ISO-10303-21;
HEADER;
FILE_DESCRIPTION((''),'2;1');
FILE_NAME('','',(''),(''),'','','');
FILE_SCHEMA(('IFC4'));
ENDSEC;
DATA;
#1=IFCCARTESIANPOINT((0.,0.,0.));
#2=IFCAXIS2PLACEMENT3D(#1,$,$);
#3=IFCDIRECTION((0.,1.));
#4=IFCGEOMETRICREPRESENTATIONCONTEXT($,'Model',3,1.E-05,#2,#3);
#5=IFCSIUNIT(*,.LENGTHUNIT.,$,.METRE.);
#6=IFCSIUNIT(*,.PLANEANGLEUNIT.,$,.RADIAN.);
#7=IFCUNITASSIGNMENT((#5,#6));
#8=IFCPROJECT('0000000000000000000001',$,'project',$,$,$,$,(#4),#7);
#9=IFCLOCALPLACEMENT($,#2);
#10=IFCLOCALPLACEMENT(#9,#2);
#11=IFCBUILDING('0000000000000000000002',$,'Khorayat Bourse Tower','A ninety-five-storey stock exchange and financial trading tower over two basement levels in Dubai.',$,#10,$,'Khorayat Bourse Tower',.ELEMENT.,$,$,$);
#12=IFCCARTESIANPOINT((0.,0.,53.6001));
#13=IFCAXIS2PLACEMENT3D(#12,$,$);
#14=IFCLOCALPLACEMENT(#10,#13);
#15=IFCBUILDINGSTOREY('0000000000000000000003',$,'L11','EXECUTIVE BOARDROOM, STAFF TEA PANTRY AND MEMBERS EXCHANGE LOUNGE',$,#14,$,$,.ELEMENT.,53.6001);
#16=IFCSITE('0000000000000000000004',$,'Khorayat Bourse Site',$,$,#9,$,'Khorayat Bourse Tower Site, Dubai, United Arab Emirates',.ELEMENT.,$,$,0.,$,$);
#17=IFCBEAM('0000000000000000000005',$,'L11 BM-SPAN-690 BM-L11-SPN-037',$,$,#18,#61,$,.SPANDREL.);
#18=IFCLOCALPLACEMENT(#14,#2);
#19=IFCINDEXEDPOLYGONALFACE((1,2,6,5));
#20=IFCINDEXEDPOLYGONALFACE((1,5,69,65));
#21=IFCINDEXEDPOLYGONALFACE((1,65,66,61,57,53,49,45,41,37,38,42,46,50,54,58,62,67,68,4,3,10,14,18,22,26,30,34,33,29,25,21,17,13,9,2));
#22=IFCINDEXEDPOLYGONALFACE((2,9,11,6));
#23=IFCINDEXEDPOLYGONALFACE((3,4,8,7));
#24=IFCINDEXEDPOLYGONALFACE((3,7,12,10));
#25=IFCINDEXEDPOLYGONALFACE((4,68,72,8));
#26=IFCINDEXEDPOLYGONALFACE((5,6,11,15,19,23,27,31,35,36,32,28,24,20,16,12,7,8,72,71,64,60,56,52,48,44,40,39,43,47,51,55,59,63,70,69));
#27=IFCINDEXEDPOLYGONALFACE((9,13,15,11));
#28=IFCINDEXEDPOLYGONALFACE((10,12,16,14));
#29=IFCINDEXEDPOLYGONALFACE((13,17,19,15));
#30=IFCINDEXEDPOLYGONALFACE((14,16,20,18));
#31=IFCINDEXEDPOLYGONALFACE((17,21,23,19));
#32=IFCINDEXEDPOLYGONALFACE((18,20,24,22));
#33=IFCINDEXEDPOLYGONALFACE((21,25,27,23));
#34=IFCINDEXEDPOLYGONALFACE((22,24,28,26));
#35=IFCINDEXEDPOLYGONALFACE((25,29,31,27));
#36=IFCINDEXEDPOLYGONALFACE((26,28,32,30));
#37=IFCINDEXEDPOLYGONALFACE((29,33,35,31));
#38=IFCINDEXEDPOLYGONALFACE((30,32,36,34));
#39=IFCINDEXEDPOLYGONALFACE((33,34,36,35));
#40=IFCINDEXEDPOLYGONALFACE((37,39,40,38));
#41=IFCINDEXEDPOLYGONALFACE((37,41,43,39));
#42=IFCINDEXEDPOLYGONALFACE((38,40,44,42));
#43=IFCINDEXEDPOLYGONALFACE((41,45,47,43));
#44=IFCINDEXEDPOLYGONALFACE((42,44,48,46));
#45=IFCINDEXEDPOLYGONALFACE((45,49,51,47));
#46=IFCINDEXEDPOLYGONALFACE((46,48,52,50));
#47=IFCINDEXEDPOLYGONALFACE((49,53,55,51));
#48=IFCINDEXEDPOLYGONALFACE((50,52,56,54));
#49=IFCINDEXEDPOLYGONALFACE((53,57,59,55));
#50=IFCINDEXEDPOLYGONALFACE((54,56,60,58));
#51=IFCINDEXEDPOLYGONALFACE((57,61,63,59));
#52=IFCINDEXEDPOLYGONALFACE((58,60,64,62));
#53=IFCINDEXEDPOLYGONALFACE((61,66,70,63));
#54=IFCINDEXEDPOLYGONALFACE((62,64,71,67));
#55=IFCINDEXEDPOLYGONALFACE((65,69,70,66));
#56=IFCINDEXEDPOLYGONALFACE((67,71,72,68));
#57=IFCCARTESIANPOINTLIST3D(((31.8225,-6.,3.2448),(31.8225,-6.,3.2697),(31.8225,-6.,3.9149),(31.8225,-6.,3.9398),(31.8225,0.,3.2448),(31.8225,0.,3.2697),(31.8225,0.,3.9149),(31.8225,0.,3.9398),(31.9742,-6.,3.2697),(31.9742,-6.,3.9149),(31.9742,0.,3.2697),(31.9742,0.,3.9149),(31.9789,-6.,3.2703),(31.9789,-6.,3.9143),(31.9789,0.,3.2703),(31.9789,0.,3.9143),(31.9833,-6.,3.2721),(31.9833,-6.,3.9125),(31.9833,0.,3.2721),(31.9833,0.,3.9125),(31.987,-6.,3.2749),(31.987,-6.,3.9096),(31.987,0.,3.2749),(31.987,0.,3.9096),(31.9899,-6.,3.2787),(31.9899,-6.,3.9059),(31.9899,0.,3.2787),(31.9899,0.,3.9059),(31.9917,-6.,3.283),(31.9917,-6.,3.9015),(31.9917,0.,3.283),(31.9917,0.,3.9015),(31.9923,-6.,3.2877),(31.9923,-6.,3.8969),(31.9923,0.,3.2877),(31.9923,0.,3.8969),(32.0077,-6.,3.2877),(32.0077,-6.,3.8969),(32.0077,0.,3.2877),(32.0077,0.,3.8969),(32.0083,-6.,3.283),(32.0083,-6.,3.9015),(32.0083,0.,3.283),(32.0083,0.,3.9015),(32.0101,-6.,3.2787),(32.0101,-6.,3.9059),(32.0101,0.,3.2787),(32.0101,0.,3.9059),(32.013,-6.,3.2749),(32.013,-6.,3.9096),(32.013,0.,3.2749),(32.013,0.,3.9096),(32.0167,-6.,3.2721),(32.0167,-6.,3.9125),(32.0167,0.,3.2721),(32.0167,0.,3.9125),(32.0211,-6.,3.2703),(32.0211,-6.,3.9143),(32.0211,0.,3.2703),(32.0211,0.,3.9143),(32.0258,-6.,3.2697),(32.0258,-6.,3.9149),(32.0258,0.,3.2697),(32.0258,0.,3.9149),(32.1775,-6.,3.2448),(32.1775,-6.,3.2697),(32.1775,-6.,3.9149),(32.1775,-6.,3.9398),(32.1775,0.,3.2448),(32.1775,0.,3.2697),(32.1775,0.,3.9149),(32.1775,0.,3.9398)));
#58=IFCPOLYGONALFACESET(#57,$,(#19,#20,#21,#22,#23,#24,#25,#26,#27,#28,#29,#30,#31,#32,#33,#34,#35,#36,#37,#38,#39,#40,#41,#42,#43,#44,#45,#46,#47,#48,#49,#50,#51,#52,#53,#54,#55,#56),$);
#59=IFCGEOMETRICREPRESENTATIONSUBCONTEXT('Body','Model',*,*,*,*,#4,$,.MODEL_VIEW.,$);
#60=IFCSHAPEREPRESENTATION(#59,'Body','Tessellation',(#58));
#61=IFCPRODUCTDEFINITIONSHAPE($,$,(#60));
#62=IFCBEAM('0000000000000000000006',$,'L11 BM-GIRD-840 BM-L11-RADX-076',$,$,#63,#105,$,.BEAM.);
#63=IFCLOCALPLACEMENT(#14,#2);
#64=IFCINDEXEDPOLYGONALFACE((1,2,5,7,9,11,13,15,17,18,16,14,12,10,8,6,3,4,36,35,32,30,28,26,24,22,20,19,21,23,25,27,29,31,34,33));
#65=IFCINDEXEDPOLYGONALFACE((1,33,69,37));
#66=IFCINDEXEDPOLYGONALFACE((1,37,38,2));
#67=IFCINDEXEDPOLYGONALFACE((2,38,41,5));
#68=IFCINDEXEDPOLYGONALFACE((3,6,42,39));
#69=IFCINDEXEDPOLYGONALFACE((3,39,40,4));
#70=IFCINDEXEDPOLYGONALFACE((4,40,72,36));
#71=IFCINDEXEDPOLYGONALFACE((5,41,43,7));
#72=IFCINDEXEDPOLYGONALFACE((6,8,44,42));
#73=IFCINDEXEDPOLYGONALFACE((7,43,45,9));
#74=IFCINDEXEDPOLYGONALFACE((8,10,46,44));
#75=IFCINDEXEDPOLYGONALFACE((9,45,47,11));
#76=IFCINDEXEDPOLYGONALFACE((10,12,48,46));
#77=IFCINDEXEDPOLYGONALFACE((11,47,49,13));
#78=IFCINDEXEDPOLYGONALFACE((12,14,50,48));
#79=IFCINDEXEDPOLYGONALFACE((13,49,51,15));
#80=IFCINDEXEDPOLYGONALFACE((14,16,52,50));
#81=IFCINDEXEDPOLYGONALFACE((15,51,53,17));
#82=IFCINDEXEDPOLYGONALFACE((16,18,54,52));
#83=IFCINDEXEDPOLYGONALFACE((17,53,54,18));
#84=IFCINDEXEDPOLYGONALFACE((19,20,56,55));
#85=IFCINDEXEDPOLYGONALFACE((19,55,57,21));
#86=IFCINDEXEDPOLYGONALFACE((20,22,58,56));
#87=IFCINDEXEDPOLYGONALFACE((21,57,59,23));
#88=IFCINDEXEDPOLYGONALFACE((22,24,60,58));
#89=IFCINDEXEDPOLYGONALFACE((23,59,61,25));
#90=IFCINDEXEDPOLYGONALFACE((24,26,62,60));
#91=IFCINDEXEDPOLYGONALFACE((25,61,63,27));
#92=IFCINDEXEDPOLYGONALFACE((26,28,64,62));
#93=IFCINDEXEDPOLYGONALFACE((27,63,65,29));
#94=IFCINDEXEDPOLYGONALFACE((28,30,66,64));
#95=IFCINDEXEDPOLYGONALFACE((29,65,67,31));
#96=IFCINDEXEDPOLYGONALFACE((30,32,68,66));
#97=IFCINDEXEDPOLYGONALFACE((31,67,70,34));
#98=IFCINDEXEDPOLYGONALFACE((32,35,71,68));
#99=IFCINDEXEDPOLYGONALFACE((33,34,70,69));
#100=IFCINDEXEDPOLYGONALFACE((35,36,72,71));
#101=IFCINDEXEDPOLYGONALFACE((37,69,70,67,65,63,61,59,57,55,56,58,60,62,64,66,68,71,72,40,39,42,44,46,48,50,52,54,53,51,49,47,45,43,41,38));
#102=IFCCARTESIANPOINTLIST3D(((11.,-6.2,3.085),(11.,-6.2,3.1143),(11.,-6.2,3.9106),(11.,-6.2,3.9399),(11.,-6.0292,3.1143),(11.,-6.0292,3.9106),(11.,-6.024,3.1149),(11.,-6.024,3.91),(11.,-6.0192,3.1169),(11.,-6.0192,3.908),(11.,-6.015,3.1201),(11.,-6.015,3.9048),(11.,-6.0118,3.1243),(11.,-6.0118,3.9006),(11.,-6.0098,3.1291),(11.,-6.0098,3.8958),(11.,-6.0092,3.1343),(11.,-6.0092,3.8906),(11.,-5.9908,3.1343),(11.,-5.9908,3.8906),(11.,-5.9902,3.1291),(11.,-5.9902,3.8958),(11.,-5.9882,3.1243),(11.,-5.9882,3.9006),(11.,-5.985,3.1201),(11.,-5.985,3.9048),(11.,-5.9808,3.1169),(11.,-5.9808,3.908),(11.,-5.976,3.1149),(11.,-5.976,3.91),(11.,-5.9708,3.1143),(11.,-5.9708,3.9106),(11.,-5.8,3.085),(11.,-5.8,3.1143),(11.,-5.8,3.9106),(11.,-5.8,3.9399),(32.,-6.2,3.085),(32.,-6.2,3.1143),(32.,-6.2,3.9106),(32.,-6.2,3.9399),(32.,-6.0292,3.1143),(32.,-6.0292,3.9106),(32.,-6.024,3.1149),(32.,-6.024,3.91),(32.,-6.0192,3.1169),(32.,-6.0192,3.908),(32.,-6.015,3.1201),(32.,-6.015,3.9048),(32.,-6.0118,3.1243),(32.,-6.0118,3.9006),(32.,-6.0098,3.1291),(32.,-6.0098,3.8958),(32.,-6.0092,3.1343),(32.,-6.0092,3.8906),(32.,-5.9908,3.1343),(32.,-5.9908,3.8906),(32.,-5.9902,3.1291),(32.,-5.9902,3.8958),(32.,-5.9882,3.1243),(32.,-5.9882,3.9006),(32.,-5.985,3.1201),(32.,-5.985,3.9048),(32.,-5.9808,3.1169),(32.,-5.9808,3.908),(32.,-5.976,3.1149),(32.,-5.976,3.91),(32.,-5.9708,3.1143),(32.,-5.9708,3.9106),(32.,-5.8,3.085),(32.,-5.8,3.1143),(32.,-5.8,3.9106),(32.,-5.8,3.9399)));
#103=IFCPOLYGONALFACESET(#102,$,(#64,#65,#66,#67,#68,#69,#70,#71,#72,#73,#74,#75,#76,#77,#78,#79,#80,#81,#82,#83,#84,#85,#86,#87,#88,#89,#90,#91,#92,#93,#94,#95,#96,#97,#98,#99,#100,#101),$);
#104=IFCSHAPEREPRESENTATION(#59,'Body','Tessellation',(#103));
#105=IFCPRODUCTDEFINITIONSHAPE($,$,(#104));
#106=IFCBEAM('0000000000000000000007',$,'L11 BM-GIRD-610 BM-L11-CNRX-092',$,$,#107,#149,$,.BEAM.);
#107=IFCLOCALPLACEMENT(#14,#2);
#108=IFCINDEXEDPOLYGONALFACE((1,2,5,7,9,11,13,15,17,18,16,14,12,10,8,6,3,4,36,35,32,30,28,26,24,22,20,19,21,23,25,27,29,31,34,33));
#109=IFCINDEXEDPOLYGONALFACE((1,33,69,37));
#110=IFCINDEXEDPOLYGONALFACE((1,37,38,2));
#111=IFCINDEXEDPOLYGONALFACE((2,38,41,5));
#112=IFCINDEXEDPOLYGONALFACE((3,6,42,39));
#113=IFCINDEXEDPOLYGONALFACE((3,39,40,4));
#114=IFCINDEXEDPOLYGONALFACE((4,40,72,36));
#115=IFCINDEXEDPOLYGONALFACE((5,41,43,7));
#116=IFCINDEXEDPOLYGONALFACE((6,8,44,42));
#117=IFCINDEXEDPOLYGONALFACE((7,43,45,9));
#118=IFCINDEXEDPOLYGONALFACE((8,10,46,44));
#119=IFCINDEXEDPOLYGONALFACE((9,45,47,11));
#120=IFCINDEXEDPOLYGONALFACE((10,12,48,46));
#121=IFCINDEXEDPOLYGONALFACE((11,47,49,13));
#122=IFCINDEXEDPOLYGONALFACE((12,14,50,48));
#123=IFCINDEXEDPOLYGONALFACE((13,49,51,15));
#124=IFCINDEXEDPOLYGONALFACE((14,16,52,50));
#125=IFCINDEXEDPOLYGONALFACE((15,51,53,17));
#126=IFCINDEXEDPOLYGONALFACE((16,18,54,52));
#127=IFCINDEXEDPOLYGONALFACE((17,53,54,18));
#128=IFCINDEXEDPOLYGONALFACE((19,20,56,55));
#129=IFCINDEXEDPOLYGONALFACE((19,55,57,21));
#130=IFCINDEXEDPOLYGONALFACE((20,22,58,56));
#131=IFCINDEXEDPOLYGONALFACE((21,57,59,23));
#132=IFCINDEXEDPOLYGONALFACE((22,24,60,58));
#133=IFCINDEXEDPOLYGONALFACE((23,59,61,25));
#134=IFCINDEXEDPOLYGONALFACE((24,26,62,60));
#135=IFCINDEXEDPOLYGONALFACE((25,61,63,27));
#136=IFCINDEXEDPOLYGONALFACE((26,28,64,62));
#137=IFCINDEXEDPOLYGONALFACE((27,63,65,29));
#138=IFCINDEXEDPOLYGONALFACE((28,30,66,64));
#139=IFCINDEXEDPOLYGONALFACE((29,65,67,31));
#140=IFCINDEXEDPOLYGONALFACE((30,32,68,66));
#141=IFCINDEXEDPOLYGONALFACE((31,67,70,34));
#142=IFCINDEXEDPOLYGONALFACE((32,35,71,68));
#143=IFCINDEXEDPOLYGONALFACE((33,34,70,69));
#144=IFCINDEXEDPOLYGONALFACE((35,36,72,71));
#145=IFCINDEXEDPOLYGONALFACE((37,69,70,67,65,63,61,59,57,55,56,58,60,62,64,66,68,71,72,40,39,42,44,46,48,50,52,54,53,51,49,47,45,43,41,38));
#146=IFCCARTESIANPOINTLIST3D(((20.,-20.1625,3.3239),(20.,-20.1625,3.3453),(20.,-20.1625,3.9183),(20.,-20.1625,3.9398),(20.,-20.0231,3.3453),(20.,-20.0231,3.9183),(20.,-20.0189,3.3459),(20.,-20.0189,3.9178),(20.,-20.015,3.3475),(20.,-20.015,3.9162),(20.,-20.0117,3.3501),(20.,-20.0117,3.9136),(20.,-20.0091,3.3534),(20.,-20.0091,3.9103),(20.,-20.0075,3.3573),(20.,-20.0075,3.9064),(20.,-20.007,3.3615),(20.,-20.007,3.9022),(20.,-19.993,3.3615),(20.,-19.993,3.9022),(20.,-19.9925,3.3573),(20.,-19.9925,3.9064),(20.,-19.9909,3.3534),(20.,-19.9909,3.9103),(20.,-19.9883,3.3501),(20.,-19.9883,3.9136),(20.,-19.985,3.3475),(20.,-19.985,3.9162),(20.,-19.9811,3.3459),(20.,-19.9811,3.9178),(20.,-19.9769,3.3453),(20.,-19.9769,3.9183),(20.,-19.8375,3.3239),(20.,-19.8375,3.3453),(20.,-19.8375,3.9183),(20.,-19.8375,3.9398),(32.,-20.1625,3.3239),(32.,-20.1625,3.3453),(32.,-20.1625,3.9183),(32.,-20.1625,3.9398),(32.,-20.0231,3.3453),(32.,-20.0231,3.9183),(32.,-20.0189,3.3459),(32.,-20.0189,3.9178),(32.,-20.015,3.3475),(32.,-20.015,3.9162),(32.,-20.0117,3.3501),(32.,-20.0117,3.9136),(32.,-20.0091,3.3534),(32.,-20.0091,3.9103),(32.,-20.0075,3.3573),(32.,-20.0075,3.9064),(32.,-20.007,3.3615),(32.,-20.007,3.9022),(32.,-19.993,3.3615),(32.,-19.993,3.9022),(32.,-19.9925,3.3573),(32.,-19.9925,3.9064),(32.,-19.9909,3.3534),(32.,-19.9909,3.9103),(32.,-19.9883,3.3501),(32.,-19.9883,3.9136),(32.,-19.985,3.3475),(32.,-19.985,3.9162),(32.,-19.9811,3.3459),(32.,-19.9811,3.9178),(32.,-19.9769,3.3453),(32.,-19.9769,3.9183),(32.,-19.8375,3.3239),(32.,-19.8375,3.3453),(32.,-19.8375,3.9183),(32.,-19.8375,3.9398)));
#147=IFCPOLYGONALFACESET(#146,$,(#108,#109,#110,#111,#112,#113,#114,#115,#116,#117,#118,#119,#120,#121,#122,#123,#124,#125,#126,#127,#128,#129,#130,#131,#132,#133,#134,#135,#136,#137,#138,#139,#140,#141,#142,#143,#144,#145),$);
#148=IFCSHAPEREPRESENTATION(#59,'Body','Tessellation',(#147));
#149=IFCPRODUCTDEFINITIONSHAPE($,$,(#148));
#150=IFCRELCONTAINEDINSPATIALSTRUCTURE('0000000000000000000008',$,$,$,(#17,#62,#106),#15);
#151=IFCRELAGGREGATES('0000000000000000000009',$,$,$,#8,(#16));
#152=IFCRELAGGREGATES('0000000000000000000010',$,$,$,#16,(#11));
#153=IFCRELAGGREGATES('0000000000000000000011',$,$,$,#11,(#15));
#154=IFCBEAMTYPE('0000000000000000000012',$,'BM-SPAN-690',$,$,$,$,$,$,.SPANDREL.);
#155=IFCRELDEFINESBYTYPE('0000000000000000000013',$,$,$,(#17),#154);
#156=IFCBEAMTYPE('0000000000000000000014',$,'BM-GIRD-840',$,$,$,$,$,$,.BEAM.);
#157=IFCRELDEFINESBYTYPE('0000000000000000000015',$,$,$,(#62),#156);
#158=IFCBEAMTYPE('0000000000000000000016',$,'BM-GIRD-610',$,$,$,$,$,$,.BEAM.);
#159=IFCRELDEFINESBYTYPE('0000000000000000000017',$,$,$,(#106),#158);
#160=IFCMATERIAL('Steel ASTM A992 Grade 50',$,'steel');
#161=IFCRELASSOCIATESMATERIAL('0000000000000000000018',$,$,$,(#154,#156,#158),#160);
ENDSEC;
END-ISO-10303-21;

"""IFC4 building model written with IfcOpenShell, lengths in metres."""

from ifc_helpers import new_model, si_unit, direction, frame, origin, origin_2d, place, context, subcontext, project, spatial, i_section, extrude, source, transform, mapped, material, material_profile, profile_set, type_object, element, save


model = new_model("IFC4")

# Units and contexts
model_context = context("Model", 3, precision=1e-05, world=origin(), true_north=direction((0.0, 1.0)))
body_context = subcontext(model_context, "Body", "Model", "MODEL_VIEW")
ifc_project = project(units=[si_unit("LENGTHUNIT", "METRE"), si_unit("PLANEANGLEUNIT", "RADIAN")], contexts=[model_context])

# Site, building, storey
site_placement = place(None, origin())
site = spatial("IfcSite", under=ifc_project, at=site_placement, Name="Khorayat Bourse Site", LongName="Khorayat Bourse Tower Site, Dubai, United Arab Emirates", CompositionType="ELEMENT", RefElevation=0.0)
building_placement = place(site_placement, origin())
building = spatial("IfcBuilding", under=site, at=building_placement, Name="Khorayat Bourse Tower", Description="A ninety-five-storey stock exchange and financial trading tower over two basement levels in Dubai.", LongName="Khorayat Bourse Tower", CompositionType="ELEMENT")
storey_placement = place(building_placement, frame((0.0, 0.0, 53.6001)))
storey = spatial("IfcBuildingStorey", under=building, at=storey_placement, Name="L11", Description="EXECUTIVE BOARDROOM, STAFF TEA PANTRY AND MEMBERS EXCHANGE LOUNGE", CompositionType="ELEMENT", Elevation=53.6001)

# Beams
ifc_material_1 = material(Name="Steel ASTM A992 Grade 50", Category="steel")
ifc_material_profile_1 = material_profile(ifc_material_1, i_section(OverallWidth=0.355, OverallDepth=0.6951, WebThickness=0.0154, FlangeThickness=0.0249, FilletRadius=0.0181, at=origin_2d()), Name="W690X217")
ifc_profile_set_1 = profile_set([ifc_material_profile_1], Name="Steel ASTM A992 Grade 50")
beam_type_1 = type_object("IfcBeamType", Name="BM-SPAN-690", PredefinedType="SPANDREL", material=ifc_profile_set_1)
shared_shape_1 = source(origin(), body_context, "Body", "SweptSolid", [
    extrude(i_section(OverallWidth=0.355, OverallDepth=0.6951, WebThickness=0.0154, FlangeThickness=0.0249, FilletRadius=0.0181, at=origin_2d()), origin(), (0.0, 0.0, 1.0), 6.0),
])
beam_1_placement = place(storey_placement, frame((32.0, -6.0, 3.5923), z_axis=(0.0, 1.0, 0.0), x_axis=(-1.0, 0.0, 0.0)))
element("IfcBeam", 1, at=beam_1_placement, inside=storey, type_object=beam_type_1, Name="L11 BM-SPAN-690 BM-L11-SPN-037", PredefinedType="SPANDREL", context=body_context, shape_type="MappedRepresentation", body=[
    mapped(shared_shape_1, transform((0.0, 0.0, 0.0), scale=1.0)),
])
ifc_material_profile_2 = material_profile(ifc_material_1, i_section(OverallWidth=0.3999, OverallDepth=0.855, WebThickness=0.0183, FlangeThickness=0.0293, FilletRadius=0.02, at=origin_2d()), Name="W840X299")
ifc_profile_set_2 = profile_set([ifc_material_profile_2], Name="Steel ASTM A992 Grade 50")
beam_type_2 = type_object("IfcBeamType", Name="BM-GIRD-840", PredefinedType="BEAM", material=ifc_profile_set_2)
shared_shape_2 = source(origin(), body_context, "Body", "SweptSolid", [
    extrude(i_section(OverallWidth=0.3999, OverallDepth=0.855, WebThickness=0.0183, FlangeThickness=0.0293, FilletRadius=0.02, at=origin_2d()), origin(), (0.0, 0.0, 1.0), 21.0),
])
beam_2_placement = place(storey_placement, frame((11.0, -6.0, 3.5125), z_axis=(1.0, 0.0, 0.0), x_axis=(0.0, 1.0, 0.0)))
element("IfcBeam", 2, at=beam_2_placement, inside=storey, type_object=beam_type_2, Name="L11 BM-GIRD-840 BM-L11-RADX-076", PredefinedType="BEAM", context=body_context, shape_type="MappedRepresentation", body=[
    mapped(shared_shape_2, transform((0.0, 0.0, 0.0), scale=1.0)),
])
ifc_material_profile_3 = material_profile(ifc_material_1, i_section(OverallWidth=0.325, OverallDepth=0.616, WebThickness=0.0139, FlangeThickness=0.0215, FilletRadius=0.0161, at=origin_2d()), Name="W610X174")
ifc_profile_set_3 = profile_set([ifc_material_profile_3], Name="Steel ASTM A992 Grade 50")
beam_type_3 = type_object("IfcBeamType", Name="BM-GIRD-610", PredefinedType="BEAM", material=ifc_profile_set_3)
shared_shape_3 = source(origin(), body_context, "Body", "SweptSolid", [
    extrude(i_section(OverallWidth=0.325, OverallDepth=0.616, WebThickness=0.0139, FlangeThickness=0.0215, FilletRadius=0.0161, at=origin_2d()), origin(), (0.0, 0.0, 1.0), 12.0),
])
beam_3_placement = place(storey_placement, frame((20.0, -20.0, 3.6318), z_axis=(1.0, 0.0, 0.0), x_axis=(0.0, 1.0, 0.0)))
element("IfcBeam", 3, at=beam_3_placement, inside=storey, type_object=beam_type_3, Name="L11 BM-GIRD-610 BM-L11-CNRX-092", PredefinedType="BEAM", context=body_context, shape_type="MappedRepresentation", body=[
    mapped(shared_shape_3, transform((0.0, 0.0, 0.0), scale=1.0)),
])

save(model, "model.ifc")
